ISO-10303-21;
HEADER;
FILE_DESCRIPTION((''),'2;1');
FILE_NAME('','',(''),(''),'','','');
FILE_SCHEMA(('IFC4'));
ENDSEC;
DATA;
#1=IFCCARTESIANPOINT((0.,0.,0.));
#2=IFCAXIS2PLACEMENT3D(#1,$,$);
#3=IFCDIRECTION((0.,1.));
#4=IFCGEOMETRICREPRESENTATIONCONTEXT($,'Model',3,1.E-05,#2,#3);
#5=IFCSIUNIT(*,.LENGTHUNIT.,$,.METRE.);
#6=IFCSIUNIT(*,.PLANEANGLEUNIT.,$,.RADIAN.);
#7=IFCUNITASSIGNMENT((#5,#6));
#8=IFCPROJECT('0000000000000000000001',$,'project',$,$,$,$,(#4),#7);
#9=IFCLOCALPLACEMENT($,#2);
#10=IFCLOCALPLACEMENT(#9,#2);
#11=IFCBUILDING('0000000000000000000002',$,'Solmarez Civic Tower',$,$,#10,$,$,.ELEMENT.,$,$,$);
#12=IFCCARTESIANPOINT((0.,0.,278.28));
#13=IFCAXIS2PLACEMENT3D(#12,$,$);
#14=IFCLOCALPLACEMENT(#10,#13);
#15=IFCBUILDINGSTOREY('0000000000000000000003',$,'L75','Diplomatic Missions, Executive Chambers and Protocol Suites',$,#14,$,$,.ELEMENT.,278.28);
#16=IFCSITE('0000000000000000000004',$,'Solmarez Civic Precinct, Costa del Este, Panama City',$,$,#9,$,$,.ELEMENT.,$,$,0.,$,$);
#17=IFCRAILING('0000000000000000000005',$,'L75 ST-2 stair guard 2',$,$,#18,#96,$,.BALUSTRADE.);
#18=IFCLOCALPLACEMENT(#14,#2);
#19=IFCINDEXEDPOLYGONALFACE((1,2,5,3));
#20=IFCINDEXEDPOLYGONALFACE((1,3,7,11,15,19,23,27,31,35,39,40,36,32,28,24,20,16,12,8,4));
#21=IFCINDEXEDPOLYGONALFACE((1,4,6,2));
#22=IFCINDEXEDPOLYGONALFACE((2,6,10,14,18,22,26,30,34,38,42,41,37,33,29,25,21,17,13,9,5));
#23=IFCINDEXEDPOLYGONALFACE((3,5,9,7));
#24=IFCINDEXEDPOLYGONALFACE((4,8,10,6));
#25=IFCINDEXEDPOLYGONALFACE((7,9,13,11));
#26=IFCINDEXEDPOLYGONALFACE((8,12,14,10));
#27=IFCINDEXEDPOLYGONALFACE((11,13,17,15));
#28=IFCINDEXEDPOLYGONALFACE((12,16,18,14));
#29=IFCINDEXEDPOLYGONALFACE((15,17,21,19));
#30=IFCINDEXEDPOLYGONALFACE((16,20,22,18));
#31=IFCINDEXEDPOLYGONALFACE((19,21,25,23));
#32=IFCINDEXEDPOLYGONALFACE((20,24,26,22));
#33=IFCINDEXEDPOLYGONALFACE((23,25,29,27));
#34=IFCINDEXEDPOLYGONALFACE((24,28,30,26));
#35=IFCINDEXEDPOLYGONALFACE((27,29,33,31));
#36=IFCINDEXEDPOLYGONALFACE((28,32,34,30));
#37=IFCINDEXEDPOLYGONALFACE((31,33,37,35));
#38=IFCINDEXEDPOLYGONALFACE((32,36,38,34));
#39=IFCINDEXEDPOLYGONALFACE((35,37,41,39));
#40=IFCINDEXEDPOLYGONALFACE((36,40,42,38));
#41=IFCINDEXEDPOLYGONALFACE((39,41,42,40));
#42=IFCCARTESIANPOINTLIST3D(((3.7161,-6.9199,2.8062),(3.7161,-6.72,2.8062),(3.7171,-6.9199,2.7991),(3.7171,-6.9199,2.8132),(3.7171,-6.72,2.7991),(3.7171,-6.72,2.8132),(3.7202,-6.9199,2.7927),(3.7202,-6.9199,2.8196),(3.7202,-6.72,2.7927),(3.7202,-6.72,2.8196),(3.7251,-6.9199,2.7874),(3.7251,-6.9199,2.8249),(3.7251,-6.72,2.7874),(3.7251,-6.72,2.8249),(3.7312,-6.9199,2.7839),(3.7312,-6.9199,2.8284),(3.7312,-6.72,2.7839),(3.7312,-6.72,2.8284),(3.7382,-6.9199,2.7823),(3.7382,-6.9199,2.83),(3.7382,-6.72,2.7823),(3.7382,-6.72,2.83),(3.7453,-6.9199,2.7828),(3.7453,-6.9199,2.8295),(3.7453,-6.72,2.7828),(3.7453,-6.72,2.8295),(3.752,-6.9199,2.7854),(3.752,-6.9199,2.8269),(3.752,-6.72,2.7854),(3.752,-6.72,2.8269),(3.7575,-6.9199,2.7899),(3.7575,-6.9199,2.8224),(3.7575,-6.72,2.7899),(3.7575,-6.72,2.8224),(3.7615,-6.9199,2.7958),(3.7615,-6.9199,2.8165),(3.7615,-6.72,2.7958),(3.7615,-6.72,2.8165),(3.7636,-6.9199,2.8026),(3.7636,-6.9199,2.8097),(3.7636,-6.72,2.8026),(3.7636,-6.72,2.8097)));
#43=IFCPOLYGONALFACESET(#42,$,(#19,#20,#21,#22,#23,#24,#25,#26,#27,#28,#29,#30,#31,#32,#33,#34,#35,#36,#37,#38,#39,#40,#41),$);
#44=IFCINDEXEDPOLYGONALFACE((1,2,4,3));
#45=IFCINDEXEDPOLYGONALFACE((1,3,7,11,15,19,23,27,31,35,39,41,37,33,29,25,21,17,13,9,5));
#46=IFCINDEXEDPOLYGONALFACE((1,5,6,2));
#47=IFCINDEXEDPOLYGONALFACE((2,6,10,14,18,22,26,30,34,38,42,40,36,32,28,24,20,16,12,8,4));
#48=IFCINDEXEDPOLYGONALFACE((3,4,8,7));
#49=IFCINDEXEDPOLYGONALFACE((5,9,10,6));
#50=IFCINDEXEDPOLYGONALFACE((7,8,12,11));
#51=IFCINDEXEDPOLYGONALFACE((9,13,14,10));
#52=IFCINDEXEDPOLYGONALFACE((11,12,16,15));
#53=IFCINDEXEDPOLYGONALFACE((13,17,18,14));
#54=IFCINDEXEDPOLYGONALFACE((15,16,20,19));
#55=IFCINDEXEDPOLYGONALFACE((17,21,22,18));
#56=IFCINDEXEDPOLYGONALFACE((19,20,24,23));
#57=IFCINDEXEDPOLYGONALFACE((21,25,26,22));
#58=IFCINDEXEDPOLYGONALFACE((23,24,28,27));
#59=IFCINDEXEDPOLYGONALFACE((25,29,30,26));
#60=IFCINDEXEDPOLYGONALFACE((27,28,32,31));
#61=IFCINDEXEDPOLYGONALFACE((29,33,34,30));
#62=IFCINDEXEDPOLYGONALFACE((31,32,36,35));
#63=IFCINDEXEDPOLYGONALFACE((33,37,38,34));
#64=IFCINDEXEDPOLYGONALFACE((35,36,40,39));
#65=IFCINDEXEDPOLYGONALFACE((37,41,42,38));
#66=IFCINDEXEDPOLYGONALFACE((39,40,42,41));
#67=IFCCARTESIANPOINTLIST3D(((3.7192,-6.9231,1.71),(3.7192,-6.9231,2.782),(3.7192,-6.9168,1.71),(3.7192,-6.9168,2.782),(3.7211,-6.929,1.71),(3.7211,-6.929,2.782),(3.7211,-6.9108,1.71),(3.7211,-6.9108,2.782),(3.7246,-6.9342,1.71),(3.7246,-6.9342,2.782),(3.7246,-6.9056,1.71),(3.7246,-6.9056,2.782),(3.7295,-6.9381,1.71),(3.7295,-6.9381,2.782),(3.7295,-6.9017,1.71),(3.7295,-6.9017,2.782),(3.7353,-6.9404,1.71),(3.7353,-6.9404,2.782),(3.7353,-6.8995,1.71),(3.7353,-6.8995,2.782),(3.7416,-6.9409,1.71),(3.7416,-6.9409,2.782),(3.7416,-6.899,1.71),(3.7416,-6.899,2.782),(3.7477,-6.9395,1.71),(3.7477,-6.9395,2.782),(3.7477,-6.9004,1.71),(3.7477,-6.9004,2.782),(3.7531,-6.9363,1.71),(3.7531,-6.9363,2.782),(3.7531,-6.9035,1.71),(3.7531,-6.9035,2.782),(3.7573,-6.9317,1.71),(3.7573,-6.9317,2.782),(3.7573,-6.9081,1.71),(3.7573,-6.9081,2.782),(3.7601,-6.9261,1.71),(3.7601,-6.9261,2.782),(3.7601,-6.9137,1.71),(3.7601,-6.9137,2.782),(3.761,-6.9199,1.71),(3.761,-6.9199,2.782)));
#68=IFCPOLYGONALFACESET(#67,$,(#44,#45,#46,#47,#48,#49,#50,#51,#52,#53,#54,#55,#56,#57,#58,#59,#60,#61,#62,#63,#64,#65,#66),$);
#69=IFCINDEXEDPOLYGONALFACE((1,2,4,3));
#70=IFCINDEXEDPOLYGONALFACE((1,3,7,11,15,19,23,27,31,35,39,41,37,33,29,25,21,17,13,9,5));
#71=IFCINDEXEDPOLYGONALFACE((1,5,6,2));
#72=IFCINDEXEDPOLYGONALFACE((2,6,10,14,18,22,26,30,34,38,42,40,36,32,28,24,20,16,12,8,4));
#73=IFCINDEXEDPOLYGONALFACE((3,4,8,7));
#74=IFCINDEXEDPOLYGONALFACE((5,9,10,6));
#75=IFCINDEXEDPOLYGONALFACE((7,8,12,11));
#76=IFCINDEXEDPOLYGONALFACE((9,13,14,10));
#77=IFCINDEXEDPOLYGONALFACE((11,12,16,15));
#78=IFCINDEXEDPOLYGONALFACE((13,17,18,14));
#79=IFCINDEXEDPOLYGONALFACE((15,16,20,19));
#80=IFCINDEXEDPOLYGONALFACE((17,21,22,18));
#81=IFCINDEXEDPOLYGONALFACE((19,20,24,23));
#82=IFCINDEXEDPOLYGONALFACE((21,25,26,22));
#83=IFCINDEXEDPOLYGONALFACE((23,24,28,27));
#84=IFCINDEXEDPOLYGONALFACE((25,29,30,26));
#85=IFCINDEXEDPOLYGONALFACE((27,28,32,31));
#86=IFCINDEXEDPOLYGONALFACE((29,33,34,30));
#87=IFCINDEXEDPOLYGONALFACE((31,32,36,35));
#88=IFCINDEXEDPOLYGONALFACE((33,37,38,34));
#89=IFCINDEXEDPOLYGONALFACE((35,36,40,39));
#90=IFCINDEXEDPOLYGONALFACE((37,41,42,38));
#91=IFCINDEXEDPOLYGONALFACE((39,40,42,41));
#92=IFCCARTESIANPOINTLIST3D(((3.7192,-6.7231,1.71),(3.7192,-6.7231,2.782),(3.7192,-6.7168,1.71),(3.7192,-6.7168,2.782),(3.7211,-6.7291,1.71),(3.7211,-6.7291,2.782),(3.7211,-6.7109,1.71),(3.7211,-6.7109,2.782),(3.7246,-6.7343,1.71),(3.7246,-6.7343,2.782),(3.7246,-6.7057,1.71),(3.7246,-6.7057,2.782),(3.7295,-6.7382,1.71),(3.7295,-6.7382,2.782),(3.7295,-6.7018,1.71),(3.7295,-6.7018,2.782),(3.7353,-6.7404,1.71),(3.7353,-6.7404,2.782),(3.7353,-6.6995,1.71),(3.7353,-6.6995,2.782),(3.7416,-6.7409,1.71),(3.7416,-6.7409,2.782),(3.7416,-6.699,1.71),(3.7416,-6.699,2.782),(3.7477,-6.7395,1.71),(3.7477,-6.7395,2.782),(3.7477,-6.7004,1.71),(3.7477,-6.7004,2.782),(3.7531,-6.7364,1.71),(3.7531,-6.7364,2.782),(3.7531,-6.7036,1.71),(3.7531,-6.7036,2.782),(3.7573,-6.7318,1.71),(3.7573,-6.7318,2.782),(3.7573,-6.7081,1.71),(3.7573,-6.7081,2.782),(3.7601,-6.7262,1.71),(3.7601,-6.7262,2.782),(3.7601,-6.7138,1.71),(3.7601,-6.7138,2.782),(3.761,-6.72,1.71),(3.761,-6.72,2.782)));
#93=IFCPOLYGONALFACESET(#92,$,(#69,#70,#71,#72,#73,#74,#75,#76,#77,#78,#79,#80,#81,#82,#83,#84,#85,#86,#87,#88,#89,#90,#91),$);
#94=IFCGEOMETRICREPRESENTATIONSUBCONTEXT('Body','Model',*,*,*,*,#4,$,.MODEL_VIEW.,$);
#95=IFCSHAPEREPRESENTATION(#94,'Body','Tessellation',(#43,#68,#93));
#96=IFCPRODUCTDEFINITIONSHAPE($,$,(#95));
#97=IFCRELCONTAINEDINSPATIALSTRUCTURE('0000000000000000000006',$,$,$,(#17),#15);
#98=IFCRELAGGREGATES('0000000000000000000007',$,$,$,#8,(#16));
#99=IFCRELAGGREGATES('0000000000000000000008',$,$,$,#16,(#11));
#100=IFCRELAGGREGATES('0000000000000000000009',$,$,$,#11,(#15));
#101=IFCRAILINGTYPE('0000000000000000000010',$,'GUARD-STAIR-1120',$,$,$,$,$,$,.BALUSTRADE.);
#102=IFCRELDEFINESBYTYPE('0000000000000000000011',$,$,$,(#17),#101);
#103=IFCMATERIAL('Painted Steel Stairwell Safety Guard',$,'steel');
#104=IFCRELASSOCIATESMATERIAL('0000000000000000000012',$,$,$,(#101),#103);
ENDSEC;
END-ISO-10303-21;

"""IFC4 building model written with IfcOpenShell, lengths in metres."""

from ifc_helpers import new_model, si_unit, direction, frame, origin, origin_2d, place, context, subcontext, project, spatial, circle, extrude, material, type_object, element, save


model = new_model("IFC4")

# Units and contexts
model_context = context("Model", 3, precision=1e-05, world=origin(), true_north=direction((0.0, 1.0)))
body_context = subcontext(model_context, "Body", "Model", "MODEL_VIEW")
ifc_project = project(units=[si_unit("LENGTHUNIT", "METRE"), si_unit("PLANEANGLEUNIT", "RADIAN")], contexts=[model_context])

# Site, building, storey
site_placement = place(None, origin())
site = spatial("IfcSite", under=ifc_project, at=site_placement, Name="Solmarez Civic Precinct, Costa del Este, Panama City", CompositionType="ELEMENT", RefElevation=0.0)
building_placement = place(site_placement, origin())
building = spatial("IfcBuilding", under=site, at=building_placement, Name="Solmarez Civic Tower", CompositionType="ELEMENT")
storey_placement = place(building_placement, frame((0.0, 0.0, 278.28)))
storey = spatial("IfcBuildingStorey", under=building, at=storey_placement, Name="L75", Description="Diplomatic Missions, Executive Chambers and Protocol Suites", CompositionType="ELEMENT", Elevation=278.28)

# Railing
ifc_material_1 = material(Name="Painted Steel Stairwell Safety Guard", Category="steel")
railing_type_1 = type_object("IfcRailingType", Name="GUARD-STAIR-1120", PredefinedType="BALUSTRADE", material=ifc_material_1)
railing_1_placement = place(storey_placement, frame((3.74, -6.9199, 1.71)))
element("IfcRailing", 1, at=railing_1_placement, inside=storey, type_object=railing_type_1, Name="L75 ST-2 stair guard 2", PredefinedType="BALUSTRADE", context=body_context, shape_type="SweptSolid", body=[
    extrude(circle(Radius=0.0239, at=origin_2d()), frame((0.0, 0.0, 1.0962), z_axis=(0.0, 1.0, 0.0), x_axis=(-1.0, 0.0, 0.0)), (0.0, 0.0, 1.0), 0.2),
    extrude(circle(Radius=0.021, at=origin_2d()), origin(), (0.0, 0.0, 1.0), 1.072),
    extrude(circle(Radius=0.021, at=origin_2d()), frame((0.0, 0.2, 0.0)), (0.0, 0.0, 1.0), 1.072),
])

save(model, "model.ifc")
